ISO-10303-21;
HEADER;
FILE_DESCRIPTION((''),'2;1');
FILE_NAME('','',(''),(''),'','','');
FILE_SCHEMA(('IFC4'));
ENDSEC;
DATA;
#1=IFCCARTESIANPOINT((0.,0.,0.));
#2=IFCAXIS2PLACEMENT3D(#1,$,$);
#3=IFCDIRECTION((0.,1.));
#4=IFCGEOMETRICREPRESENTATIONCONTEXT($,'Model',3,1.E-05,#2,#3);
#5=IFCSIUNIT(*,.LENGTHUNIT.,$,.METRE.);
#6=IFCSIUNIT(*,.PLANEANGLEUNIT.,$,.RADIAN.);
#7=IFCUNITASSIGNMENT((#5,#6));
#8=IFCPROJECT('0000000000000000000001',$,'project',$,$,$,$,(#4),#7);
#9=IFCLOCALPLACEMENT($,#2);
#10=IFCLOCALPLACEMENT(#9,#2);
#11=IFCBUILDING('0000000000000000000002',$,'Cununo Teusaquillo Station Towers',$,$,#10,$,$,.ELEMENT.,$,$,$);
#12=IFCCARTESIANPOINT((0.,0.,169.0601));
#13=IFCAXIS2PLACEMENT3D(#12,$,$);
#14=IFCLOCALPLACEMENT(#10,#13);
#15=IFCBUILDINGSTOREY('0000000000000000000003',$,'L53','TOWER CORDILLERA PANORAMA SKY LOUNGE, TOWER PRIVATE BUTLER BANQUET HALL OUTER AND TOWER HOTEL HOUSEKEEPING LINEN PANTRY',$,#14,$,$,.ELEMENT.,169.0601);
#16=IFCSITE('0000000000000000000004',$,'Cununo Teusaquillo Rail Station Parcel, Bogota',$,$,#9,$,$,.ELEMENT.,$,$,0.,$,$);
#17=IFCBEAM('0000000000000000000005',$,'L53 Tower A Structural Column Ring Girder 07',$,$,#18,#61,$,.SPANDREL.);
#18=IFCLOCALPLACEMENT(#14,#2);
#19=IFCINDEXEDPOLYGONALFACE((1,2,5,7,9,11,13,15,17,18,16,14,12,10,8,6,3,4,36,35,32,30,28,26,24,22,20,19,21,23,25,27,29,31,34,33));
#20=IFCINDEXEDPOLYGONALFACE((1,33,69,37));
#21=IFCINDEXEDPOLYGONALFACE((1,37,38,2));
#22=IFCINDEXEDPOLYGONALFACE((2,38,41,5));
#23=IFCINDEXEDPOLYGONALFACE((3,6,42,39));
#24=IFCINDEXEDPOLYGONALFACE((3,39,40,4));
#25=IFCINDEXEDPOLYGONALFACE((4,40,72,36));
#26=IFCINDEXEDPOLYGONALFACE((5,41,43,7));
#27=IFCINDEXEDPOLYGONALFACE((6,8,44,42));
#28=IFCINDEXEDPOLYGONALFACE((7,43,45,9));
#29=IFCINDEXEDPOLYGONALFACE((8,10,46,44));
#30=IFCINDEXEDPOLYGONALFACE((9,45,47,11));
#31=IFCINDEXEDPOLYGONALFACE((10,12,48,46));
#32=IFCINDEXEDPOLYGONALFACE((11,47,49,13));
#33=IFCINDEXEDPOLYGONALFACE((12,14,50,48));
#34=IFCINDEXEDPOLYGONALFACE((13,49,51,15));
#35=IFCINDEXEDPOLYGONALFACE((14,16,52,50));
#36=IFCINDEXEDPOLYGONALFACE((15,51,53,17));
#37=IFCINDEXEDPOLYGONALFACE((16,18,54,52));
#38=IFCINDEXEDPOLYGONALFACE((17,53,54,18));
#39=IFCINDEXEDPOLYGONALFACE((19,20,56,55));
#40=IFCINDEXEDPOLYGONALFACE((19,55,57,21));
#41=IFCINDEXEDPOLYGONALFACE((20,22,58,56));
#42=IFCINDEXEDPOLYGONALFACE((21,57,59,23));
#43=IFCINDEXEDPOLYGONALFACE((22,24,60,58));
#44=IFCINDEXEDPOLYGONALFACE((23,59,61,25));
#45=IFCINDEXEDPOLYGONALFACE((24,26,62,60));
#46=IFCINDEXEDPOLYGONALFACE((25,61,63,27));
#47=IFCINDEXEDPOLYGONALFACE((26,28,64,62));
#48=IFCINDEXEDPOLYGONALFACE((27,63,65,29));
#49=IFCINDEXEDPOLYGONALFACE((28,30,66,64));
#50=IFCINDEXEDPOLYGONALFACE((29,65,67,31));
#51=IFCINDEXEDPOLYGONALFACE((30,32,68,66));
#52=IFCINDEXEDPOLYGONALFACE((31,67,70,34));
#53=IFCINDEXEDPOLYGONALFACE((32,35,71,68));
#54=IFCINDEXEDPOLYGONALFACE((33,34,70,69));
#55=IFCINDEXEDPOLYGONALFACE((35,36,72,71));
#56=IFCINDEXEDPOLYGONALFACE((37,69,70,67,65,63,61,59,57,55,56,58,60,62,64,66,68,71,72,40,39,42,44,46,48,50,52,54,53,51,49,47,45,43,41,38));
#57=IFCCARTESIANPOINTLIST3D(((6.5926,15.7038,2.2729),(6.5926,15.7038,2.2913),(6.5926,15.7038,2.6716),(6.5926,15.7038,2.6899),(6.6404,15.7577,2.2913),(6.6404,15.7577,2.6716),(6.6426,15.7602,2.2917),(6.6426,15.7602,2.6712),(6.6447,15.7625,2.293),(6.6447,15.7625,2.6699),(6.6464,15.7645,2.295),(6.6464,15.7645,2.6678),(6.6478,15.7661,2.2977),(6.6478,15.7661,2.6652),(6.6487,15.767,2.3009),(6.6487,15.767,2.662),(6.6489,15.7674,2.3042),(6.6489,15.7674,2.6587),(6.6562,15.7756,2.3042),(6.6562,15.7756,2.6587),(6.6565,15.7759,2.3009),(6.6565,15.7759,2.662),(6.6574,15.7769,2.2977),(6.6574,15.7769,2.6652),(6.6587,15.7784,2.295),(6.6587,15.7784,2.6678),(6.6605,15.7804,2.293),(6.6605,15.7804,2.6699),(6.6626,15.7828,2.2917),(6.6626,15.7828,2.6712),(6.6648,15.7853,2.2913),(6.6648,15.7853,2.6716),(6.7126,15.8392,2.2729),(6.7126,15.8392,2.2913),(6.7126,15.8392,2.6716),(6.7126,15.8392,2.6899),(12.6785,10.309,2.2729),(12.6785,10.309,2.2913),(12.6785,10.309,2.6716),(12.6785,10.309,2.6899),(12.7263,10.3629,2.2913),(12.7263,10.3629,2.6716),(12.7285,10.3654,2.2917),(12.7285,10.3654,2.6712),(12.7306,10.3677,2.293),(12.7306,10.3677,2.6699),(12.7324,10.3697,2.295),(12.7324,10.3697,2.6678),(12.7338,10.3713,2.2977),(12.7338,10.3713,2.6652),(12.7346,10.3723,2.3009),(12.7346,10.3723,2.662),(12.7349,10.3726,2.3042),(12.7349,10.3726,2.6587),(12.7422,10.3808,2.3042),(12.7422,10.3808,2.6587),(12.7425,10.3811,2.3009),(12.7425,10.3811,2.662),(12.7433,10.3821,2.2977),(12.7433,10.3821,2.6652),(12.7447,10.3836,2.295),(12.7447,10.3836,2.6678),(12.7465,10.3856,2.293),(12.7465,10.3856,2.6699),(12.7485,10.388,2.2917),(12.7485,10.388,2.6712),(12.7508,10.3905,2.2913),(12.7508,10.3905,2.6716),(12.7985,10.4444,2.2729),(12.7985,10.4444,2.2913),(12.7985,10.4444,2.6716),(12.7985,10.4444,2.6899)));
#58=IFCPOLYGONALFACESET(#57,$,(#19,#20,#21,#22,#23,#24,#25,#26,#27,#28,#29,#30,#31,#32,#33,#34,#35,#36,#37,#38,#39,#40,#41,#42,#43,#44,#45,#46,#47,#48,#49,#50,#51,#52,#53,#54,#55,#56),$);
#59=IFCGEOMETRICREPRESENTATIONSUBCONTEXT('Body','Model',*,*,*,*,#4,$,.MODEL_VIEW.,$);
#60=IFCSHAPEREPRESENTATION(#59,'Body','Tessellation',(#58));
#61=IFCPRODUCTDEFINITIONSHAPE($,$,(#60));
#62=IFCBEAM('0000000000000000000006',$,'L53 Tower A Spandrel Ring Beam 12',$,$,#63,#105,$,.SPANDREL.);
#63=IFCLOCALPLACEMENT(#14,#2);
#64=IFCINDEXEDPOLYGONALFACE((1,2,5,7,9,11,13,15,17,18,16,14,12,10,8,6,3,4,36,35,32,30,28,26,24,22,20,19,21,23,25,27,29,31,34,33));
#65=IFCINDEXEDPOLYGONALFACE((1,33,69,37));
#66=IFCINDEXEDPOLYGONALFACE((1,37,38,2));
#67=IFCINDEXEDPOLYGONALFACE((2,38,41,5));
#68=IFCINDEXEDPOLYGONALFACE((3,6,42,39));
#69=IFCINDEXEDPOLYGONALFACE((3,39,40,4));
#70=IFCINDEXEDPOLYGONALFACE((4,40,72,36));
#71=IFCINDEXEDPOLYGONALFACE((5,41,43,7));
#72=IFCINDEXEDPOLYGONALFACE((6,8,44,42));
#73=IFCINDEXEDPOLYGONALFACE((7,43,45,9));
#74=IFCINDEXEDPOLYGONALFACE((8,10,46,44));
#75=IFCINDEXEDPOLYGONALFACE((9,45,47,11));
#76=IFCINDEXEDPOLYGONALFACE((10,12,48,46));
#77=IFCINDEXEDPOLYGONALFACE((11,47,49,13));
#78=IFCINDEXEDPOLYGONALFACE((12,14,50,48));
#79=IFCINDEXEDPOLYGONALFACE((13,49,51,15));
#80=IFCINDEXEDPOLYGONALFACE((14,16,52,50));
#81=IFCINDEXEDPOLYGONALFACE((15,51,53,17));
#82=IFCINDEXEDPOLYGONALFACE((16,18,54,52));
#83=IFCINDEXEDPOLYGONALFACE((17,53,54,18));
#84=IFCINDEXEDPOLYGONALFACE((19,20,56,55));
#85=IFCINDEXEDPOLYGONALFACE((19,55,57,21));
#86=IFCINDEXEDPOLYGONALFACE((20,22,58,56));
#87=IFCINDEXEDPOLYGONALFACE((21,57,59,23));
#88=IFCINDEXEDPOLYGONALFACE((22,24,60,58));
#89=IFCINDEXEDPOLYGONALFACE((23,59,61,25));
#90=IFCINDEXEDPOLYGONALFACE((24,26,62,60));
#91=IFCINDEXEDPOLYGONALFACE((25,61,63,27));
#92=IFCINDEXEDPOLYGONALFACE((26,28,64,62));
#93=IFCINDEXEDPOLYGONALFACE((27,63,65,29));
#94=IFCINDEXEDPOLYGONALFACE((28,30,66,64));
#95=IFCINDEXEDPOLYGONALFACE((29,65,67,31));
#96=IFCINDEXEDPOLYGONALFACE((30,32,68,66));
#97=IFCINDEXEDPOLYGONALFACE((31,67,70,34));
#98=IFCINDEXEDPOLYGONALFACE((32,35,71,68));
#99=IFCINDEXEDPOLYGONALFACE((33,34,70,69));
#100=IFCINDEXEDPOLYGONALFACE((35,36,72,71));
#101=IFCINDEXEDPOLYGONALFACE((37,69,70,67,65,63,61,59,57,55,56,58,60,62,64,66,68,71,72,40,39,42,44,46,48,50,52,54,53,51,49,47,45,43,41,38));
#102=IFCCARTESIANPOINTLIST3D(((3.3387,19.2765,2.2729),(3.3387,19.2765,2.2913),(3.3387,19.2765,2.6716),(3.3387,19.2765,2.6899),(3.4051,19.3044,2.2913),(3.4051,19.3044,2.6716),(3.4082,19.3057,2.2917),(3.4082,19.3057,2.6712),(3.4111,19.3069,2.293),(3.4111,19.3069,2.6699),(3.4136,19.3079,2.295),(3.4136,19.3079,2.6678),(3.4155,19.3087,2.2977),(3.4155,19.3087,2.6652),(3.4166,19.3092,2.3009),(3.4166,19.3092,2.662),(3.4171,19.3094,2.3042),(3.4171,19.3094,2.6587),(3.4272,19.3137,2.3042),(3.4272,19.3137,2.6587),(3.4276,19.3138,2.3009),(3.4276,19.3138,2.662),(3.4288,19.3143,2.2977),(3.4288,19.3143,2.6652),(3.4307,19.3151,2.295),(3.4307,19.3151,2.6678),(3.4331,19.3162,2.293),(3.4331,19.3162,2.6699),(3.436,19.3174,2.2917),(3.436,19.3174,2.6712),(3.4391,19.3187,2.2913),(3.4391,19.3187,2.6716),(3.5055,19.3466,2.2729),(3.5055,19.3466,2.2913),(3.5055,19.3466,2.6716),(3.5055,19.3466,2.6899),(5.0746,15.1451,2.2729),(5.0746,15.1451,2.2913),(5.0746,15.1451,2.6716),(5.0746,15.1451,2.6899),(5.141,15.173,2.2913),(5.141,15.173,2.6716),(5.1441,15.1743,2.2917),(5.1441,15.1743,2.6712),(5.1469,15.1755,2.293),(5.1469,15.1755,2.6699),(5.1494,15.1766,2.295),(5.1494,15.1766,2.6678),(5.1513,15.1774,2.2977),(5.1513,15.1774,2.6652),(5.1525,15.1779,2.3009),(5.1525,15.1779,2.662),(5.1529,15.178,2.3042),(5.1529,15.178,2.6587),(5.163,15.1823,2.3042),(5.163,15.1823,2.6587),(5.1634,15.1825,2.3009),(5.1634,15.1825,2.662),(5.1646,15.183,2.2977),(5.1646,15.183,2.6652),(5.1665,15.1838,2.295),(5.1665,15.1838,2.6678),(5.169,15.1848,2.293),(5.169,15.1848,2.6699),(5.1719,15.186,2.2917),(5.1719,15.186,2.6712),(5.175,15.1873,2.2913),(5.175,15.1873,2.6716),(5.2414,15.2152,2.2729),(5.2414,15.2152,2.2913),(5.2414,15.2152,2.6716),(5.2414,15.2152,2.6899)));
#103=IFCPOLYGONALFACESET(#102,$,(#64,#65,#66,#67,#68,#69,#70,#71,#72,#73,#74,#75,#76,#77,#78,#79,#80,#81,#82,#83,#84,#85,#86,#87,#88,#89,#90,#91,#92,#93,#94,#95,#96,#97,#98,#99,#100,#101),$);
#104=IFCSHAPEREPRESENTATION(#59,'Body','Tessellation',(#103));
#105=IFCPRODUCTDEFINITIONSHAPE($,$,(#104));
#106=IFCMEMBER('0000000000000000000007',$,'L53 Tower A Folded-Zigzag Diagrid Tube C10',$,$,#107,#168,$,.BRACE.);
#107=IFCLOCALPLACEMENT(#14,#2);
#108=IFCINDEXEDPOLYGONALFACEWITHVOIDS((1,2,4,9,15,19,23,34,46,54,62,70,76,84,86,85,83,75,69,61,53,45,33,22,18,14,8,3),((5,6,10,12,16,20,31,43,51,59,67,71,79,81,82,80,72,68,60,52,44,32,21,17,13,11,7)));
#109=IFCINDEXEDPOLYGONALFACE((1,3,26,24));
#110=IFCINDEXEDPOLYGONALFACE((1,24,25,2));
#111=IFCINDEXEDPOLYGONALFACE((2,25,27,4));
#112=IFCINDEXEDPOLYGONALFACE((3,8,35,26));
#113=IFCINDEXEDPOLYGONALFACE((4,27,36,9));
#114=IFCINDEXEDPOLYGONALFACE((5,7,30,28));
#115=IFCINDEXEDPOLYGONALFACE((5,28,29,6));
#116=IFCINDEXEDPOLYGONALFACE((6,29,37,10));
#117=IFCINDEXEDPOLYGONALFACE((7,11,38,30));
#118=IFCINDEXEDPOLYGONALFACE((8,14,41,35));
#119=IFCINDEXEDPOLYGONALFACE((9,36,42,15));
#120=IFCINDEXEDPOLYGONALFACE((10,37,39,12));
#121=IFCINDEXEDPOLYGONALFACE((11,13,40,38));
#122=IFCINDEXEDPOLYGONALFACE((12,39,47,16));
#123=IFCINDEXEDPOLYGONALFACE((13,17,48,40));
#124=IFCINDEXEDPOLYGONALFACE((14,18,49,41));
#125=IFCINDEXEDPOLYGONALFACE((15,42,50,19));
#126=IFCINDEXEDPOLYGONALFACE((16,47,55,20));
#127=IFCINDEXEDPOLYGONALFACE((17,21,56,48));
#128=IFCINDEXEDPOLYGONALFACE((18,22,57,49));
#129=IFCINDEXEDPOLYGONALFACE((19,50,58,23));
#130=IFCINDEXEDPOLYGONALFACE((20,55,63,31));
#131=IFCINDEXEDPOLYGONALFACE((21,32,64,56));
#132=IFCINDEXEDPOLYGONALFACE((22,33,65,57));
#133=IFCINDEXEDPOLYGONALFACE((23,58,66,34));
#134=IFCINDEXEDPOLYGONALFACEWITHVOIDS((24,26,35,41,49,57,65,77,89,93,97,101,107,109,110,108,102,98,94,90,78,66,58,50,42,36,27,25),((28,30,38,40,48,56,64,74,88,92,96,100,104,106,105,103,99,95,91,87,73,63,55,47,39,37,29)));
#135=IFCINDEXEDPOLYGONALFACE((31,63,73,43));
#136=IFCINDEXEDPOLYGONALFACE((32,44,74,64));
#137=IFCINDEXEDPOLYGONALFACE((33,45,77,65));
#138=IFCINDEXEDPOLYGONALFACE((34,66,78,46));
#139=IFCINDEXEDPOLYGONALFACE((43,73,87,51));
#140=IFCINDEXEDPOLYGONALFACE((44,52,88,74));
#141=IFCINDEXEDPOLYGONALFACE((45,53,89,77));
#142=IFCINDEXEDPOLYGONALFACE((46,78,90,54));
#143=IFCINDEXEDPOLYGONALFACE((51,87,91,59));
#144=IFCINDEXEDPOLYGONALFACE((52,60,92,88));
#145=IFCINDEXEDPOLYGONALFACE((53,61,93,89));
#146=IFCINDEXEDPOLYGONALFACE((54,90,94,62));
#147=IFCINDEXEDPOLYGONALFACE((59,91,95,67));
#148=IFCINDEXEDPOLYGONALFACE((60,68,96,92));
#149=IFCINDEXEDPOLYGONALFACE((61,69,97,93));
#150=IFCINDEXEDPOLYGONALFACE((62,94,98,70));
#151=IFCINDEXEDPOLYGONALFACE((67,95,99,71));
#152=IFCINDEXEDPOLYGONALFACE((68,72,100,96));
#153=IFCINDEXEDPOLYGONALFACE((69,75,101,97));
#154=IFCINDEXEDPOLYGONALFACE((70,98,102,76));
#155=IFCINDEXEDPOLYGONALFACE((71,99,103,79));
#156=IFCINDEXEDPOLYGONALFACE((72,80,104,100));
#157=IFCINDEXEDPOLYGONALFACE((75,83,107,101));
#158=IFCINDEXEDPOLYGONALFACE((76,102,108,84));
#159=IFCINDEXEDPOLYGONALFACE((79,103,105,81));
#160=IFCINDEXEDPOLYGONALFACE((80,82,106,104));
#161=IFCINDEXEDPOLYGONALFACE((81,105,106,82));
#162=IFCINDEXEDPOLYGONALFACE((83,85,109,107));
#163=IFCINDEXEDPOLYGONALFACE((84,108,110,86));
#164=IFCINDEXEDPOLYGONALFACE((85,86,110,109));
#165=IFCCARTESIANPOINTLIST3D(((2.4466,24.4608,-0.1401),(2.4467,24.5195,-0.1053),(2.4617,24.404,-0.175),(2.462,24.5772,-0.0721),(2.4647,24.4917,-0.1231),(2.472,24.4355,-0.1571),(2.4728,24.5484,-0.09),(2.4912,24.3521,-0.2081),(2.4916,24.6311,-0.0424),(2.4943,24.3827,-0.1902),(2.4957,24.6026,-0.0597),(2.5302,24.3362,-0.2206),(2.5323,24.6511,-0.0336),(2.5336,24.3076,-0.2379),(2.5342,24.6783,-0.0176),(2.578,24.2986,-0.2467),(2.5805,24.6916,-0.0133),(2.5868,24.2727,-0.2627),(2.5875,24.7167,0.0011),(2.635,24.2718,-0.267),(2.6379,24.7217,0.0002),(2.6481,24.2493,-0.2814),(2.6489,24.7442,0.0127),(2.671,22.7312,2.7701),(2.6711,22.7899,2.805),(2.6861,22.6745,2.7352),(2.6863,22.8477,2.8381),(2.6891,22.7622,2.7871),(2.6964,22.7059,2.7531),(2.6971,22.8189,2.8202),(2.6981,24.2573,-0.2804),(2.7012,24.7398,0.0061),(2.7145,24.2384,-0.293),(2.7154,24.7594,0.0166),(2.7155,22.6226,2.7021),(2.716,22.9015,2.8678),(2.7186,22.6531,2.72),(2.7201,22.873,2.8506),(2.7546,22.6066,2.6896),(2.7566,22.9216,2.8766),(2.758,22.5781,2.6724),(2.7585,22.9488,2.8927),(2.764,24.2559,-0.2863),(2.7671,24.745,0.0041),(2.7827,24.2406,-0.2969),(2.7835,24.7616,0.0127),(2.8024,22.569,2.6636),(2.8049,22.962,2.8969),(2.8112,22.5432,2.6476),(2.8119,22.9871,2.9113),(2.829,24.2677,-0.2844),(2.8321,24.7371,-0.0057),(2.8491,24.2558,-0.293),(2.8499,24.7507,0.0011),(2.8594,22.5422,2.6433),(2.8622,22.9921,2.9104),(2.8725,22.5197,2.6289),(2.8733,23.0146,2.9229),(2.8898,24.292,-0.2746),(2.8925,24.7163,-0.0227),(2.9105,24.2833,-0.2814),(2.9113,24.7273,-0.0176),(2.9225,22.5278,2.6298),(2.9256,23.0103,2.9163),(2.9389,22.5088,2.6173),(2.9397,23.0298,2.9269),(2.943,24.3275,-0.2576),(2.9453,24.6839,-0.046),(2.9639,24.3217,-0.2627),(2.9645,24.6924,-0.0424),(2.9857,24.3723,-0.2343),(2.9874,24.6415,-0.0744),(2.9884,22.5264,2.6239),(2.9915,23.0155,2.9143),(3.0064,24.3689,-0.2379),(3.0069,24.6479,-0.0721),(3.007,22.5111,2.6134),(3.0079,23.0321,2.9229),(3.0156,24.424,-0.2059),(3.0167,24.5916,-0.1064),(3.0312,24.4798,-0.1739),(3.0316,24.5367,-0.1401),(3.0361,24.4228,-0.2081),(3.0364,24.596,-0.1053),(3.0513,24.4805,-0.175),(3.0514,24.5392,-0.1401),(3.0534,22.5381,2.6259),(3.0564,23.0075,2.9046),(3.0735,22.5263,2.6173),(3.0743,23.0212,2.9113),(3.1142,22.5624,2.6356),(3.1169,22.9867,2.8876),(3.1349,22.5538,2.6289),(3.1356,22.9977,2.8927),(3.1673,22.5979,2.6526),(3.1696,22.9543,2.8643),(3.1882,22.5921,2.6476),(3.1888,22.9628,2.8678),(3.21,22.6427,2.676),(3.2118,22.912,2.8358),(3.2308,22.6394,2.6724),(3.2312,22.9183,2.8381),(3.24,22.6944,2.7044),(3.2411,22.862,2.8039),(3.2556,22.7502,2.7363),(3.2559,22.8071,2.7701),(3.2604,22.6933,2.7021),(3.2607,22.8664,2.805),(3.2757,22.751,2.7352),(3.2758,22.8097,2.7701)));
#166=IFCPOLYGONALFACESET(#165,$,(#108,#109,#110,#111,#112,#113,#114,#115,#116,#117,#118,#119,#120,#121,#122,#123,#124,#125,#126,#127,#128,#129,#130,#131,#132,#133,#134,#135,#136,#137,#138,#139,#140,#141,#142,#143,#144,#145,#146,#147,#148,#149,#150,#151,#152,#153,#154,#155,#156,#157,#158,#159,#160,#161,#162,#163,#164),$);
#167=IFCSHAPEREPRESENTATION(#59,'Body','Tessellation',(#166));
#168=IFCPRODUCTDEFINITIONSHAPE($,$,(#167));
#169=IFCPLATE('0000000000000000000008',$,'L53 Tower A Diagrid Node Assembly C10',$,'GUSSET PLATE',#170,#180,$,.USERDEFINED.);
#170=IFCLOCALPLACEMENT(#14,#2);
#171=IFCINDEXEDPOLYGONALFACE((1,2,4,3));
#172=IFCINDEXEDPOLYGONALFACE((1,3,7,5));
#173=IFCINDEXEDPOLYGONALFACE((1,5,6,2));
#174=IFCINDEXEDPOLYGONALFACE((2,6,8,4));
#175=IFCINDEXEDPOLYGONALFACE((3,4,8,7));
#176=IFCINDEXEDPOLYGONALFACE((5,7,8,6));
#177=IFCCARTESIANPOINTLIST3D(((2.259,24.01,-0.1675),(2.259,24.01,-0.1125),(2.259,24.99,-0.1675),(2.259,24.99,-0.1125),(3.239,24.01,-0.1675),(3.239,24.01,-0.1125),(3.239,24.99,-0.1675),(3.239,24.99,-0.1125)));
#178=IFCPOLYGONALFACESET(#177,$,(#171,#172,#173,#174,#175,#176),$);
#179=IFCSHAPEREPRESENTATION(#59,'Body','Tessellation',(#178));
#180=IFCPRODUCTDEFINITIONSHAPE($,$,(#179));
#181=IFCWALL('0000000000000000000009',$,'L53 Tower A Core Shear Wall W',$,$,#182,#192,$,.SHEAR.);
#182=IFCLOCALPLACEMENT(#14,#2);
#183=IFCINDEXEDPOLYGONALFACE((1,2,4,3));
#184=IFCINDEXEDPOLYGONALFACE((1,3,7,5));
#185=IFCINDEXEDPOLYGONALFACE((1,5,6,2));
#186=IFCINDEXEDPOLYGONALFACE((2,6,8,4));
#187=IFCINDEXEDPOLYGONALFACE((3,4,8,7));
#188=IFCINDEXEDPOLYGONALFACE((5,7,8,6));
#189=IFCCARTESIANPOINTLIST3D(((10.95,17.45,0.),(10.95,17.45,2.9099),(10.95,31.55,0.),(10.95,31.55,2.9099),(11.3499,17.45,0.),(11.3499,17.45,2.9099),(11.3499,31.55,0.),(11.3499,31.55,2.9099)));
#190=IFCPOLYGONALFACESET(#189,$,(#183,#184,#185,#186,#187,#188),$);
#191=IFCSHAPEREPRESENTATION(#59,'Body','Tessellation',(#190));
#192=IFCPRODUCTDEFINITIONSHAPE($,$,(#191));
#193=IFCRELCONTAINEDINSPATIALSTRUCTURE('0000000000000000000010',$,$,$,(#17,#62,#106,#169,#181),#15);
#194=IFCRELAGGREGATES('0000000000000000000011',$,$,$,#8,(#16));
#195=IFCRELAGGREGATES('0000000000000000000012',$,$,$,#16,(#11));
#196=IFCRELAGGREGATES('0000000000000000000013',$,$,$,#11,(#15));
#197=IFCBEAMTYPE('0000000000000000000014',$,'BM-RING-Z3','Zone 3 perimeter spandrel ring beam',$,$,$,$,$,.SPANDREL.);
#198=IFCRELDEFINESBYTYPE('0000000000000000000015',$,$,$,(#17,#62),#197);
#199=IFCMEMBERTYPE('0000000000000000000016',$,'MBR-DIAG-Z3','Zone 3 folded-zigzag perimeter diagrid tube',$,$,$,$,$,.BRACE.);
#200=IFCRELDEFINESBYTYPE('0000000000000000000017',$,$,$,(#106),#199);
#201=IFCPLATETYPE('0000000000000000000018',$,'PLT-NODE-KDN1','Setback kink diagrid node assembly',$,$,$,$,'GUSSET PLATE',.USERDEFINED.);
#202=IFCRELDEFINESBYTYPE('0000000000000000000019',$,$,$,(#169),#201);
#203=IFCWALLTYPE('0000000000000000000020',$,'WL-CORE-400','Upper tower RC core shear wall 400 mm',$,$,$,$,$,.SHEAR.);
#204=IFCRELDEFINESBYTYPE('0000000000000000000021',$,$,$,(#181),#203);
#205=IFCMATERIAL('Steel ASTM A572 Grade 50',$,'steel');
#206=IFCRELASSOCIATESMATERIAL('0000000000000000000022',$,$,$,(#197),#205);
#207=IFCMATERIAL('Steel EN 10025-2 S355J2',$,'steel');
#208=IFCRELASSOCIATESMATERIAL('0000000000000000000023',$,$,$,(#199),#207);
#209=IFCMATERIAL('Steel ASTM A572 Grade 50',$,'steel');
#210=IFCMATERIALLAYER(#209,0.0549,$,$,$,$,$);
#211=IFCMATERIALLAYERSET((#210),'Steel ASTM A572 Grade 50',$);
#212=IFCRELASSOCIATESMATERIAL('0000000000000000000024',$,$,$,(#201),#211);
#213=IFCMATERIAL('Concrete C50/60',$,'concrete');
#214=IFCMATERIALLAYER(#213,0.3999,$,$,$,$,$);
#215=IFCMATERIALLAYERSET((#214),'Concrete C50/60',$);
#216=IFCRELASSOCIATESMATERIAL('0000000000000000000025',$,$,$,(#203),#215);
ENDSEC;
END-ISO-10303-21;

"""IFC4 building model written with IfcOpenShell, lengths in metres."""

from ifc_helpers import new_model, si_unit, direction, frame, frame_2d, origin, origin_2d, place, context, subcontext, project, spatial, rectangle, hollow_circle, i_section, extrude, source, transform, mapped, material, layer, layer_set, material_profile, profile_set, type_object, element, save


model = new_model("IFC4")

# Units and contexts
model_context = context("Model", 3, precision=1e-05, world=origin(), true_north=direction((0.0, 1.0)))
body_context = subcontext(model_context, "Body", "Model", "MODEL_VIEW")
ifc_project = project(units=[si_unit("LENGTHUNIT", "METRE"), si_unit("PLANEANGLEUNIT", "RADIAN")], contexts=[model_context])

# Site, building, storey
site_placement = place(None, origin())
site = spatial("IfcSite", under=ifc_project, at=site_placement, Name="Cununo Teusaquillo Rail Station Parcel, Bogota", CompositionType="ELEMENT", RefElevation=0.0)
building_placement = place(site_placement, origin())
building = spatial("IfcBuilding", under=site, at=building_placement, Name="Cununo Teusaquillo Station Towers", CompositionType="ELEMENT")
storey_placement = place(building_placement, frame((0.0, 0.0, 169.0601)))
storey = spatial("IfcBuildingStorey", under=building, at=storey_placement, Name="L53", Description="TOWER CORDILLERA PANORAMA SKY LOUNGE, TOWER PRIVATE BUTLER BANQUET HALL OUTER AND TOWER HOTEL HOUSEKEEPING LINEN PANTRY", CompositionType="ELEMENT", Elevation=169.0601)

# Beams
ifc_material_1 = material(Name="Steel ASTM A572 Grade 50", Category="steel")
ifc_material_profile_1 = material_profile(ifc_material_1, i_section(OverallWidth=0.1809, OverallDepth=0.417, WebThickness=0.011, FlangeThickness=0.0183, FilletRadius=0.0129, at=origin_2d()), Name="W16X57")
ifc_profile_set_1 = profile_set([ifc_material_profile_1], Name="Steel ASTM A572 Grade 50")
beam_type = type_object("IfcBeamType", Name="BM-RING-Z3", Description="Zone 3 perimeter spandrel ring beam", PredefinedType="SPANDREL", material=ifc_profile_set_1)
beam_1_placement = place(storey_placement, frame((6.6526, 15.7715, 2.4814), z_axis=(0.748321, -0.663337, 0.0), x_axis=(0.663337, 0.748321, 0.0)))
element("IfcBeam", 1, at=beam_1_placement, inside=storey, type_object=beam_type, Name="L53 Tower A Structural Column Ring Girder 07", PredefinedType="SPANDREL", context=body_context, shape_type="SweptSolid", body=[
    extrude(i_section(OverallWidth=0.1809, OverallDepth=0.417, WebThickness=0.011, FlangeThickness=0.0183, FilletRadius=0.0129, at=origin_2d()), origin(), (0.0, 0.0, 1.0), 8.1328),
])
beam_2_placement = place(storey_placement, frame((3.4221, 19.3115, 2.4814), z_axis=(0.38736, -0.921928, 0.0), x_axis=(0.921928, 0.38736, 0.0)))
element("IfcBeam", 2, at=beam_2_placement, inside=storey, type_object=beam_type, Name="L53 Tower A Spandrel Ring Beam 12", PredefinedType="SPANDREL", context=body_context, shape_type="SweptSolid", body=[
    extrude(i_section(OverallWidth=0.1809, OverallDepth=0.417, WebThickness=0.011, FlangeThickness=0.0183, FilletRadius=0.0129, at=origin_2d()), origin(), (0.0, 0.0, 1.0), 4.4812),
])

# Member
ifc_material_2 = material(Name="Steel EN 10025-2 S355J2", Category="steel")
ifc_material_profile_2 = material_profile(ifc_material_2, hollow_circle(Radius=0.3049, WallThickness=0.02, at=origin_2d()), Name="CHS 610x20")
ifc_profile_set_2 = profile_set([ifc_material_profile_2], Name="Steel EN 10025-2 S355J2")
member_type = type_object("IfcMemberType", Name="MBR-DIAG-Z3", Description="Zone 3 folded-zigzag perimeter diagrid tube", PredefinedType="BRACE", material=ifc_profile_set_2)
member_placement = place(storey_placement, frame((2.749, 24.5, -0.1401), z_axis=(0.066132, -0.509767, 0.857767), x_axis=(0.99169, 0.128651, 0.0)))
element("IfcMember", 3, at=member_placement, inside=storey, type_object=member_type, Name="L53 Tower A Folded-Zigzag Diagrid Tube C10", PredefinedType="BRACE", context=body_context, shape_type="SweptSolid", body=[
    extrude(hollow_circle(Radius=0.3049, WallThickness=0.02, at=origin_2d()), origin(), (0.0, 0.0, 1.0), 3.3928),
])

# Plate
ifc_material_3 = material(Name="Steel ASTM A572 Grade 50", Category="steel")
ifc_layer_1 = layer(ifc_material_3, 0.0549)
ifc_layer_set_1 = layer_set([ifc_layer_1], Name="Steel ASTM A572 Grade 50")
plate_type = type_object("IfcPlateType", Name="PLT-NODE-KDN1", Description="Setback kink diagrid node assembly", ElementType="GUSSET PLATE", PredefinedType="USERDEFINED", material=ifc_layer_set_1)
shared_shape_1 = source(origin(), body_context, "Body", "SweptSolid", [
    extrude(rectangle(XDim=0.98, YDim=0.98, at=origin_2d()), origin(), (0.0, 0.0, 1.0), 0.0549),
])
plate_placement = place(storey_placement, frame((2.749, 24.5, -0.1675), z_axis=(0.0, 0.0, 1.0), x_axis=(1.0, 0.0, 0.0)))
element("IfcPlate", 4, at=plate_placement, inside=storey, type_object=plate_type, Name="L53 Tower A Diagrid Node Assembly C10", ObjectType="GUSSET PLATE", PredefinedType="USERDEFINED", context=body_context, shape_type="MappedRepresentation", body=[
    mapped(shared_shape_1, transform((0.0, 0.0, 0.0), x_axis=(1.0, 0.0, 0.0), y_axis=(0.0, 1.0, 0.0), z_axis=(0.0, 0.0, 1.0), scale=1.0)),
])

# Wall
ifc_material_4 = material(Name="Concrete C50/60", Category="concrete")
ifc_layer_2 = layer(ifc_material_4, 0.3999)
ifc_layer_set_2 = layer_set([ifc_layer_2], Name="Concrete C50/60")
wall_type_1 = type_object("IfcWallType", Name="WL-CORE-400", Description="Upper tower RC core shear wall 400 mm", PredefinedType="SHEAR", material=ifc_layer_set_2)
wall_1_placement = place(storey_placement, frame((11.1499, 17.45, 0.0), z_axis=(0.0, 0.0, 1.0), x_axis=(0.0, 1.0, 0.0)))
element("IfcWall", 5, at=wall_1_placement, inside=storey, type_object=wall_type_1, Name="L53 Tower A Core Shear Wall W", PredefinedType="SHEAR", context=body_context, shape_type="SweptSolid", body=[
    extrude(rectangle(XDim=14.1001, YDim=0.3999, at=frame_2d((7.05, 0.0))), origin(), (0.0, 0.0, 1.0), 2.9099),
])

save(model, "model.ifc")
